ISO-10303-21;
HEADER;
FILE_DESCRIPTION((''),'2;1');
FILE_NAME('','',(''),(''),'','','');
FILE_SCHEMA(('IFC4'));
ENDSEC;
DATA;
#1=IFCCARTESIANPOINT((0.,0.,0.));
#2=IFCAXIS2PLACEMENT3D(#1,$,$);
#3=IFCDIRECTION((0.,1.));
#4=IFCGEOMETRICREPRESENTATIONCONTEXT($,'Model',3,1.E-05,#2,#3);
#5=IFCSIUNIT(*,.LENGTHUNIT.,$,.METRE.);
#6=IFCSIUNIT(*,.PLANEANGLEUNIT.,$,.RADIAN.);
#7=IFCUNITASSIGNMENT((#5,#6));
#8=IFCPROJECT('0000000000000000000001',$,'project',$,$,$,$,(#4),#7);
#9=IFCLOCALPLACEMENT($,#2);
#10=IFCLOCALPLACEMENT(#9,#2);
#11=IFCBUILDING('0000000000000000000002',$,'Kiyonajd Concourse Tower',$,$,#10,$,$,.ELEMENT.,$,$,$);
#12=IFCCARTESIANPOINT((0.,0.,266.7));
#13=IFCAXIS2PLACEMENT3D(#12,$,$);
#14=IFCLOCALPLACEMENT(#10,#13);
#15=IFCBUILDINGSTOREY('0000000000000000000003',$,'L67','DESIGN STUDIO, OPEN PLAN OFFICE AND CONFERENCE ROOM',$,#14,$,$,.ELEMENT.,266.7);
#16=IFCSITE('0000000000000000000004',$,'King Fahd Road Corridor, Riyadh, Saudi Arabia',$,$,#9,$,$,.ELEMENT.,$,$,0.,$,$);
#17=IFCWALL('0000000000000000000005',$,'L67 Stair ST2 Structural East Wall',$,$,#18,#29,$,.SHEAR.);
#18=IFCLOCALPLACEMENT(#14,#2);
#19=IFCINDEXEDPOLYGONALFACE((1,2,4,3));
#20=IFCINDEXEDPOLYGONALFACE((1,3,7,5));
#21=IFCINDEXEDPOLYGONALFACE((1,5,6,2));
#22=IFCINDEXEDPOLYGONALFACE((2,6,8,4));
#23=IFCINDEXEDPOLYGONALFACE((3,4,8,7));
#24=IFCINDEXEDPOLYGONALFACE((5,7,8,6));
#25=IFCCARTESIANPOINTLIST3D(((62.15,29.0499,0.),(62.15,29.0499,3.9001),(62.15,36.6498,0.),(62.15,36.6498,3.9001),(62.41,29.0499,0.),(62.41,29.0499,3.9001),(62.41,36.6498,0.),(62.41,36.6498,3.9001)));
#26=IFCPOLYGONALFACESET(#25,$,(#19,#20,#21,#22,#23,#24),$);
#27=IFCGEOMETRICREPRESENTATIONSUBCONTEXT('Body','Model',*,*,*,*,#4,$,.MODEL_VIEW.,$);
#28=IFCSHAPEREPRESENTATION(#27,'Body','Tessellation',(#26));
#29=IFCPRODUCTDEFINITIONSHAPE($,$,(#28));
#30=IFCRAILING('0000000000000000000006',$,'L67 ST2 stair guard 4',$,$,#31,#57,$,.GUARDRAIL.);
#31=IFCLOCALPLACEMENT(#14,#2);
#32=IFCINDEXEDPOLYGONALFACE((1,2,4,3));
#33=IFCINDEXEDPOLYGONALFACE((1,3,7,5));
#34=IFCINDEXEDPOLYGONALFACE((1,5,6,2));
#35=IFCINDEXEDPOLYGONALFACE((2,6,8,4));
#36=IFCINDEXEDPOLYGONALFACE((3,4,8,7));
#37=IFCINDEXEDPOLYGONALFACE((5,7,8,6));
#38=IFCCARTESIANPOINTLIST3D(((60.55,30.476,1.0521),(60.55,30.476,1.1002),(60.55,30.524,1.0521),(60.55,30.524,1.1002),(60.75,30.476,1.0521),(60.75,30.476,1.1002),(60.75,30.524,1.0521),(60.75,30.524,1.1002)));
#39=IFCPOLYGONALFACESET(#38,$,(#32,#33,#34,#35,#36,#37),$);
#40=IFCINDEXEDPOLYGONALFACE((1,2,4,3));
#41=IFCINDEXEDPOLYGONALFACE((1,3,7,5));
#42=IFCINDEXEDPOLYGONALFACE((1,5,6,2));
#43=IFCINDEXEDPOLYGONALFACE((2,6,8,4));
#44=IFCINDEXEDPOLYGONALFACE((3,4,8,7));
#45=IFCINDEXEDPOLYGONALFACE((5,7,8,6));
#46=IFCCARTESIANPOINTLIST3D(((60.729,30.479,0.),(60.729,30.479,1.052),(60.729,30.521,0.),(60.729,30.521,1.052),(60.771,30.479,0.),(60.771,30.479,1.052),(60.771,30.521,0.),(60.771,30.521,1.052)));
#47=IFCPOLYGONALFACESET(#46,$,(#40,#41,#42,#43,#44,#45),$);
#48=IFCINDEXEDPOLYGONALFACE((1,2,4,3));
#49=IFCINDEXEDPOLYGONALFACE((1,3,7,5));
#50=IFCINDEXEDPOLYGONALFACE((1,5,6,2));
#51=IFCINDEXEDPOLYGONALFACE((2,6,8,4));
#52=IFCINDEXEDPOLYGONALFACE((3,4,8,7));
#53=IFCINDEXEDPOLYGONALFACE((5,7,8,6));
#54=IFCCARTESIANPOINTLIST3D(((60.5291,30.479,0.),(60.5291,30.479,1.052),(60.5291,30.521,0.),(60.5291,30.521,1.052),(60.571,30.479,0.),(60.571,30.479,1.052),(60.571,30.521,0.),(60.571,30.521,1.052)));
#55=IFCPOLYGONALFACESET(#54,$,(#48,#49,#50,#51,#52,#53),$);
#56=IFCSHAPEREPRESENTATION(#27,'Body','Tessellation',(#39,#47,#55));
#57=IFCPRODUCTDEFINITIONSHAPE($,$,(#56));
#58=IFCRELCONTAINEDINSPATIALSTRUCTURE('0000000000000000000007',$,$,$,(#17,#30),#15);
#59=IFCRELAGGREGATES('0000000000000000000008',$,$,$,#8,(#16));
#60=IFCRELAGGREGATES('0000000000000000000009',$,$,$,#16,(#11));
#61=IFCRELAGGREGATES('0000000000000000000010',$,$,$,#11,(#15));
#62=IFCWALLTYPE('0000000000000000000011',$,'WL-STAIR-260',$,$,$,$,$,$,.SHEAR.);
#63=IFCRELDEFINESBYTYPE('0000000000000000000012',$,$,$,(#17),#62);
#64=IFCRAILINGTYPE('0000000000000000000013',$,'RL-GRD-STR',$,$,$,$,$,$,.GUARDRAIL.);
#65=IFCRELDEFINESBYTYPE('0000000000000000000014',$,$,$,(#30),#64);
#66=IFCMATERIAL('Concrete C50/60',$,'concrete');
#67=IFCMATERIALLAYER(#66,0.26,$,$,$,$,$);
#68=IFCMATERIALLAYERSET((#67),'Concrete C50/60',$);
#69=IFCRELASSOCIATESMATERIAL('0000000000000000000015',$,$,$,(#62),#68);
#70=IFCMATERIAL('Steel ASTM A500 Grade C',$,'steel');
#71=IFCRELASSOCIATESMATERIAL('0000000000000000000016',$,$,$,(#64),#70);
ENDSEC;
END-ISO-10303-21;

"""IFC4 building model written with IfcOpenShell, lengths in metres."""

from ifc_helpers import new_model, si_unit, direction, frame, frame_2d, origin, origin_2d, place, context, subcontext, project, spatial, rectangle, extrude, material, layer, layer_set, type_object, element, save


model = new_model("IFC4")

# Units and contexts
model_context = context("Model", 3, precision=1e-05, world=origin(), true_north=direction((0.0, 1.0)))
body_context = subcontext(model_context, "Body", "Model", "MODEL_VIEW")
ifc_project = project(units=[si_unit("LENGTHUNIT", "METRE"), si_unit("PLANEANGLEUNIT", "RADIAN")], contexts=[model_context])

# Site, building, storey
site_placement = place(None, origin())
site = spatial("IfcSite", under=ifc_project, at=site_placement, Name="King Fahd Road Corridor, Riyadh, Saudi Arabia", CompositionType="ELEMENT", RefElevation=0.0)
building_placement = place(site_placement, origin())
building = spatial("IfcBuilding", under=site, at=building_placement, Name="Kiyonajd Concourse Tower", CompositionType="ELEMENT")
storey_placement = place(building_placement, frame((0.0, 0.0, 266.7)))
storey = spatial("IfcBuildingStorey", under=building, at=storey_placement, Name="L67", Description="DESIGN STUDIO, OPEN PLAN OFFICE AND CONFERENCE ROOM", CompositionType="ELEMENT", Elevation=266.7)

# Shared definitions
ifc_material_1 = material(Name="Concrete C50/60", Category="concrete")
ifc_layer_1 = layer(ifc_material_1, 0.26)
ifc_layer_set_1 = layer_set([ifc_layer_1], Name="Concrete C50/60")
wall_type_1 = type_object("IfcWallType", Name="WL-STAIR-260", PredefinedType="SHEAR", material=ifc_layer_set_1)

# Wall
wall_1_placement = place(storey_placement, frame((62.28, 29.05, 0.0), z_axis=(0.0, 0.0, 1.0), x_axis=(0.0, 1.0, 0.0)))
element("IfcWall", 1, at=wall_1_placement, inside=storey, type_object=wall_type_1, Name="L67 Stair ST2 Structural East Wall", PredefinedType="SHEAR", context=body_context, shape_type="SweptSolid", body=[
    extrude(rectangle(XDim=7.5999, YDim=0.26, at=frame_2d((3.7998, 0.0))), origin(), (0.0, 0.0, 1.0), 3.9001),
])

# Railing
ifc_material_2 = material(Name="Steel ASTM A500 Grade C", Category="steel")
railing_type = type_object("IfcRailingType", Name="RL-GRD-STR", PredefinedType="GUARDRAIL", material=ifc_material_2)
railing_placement = place(storey_placement, frame((60.75, 30.5, 0.0)))
element("IfcRailing", 2, at=railing_placement, inside=storey, type_object=railing_type, Name="L67 ST2 stair guard 4", PredefinedType="GUARDRAIL", context=body_context, shape_type="SweptSolid", body=[
    extrude(rectangle(XDim=0.0481, YDim=0.0481, at=origin_2d()), frame((0.0, 0.0, 1.0762), z_axis=(-1.0, 0.0, 0.0), x_axis=(0.0, -1.0, 0.0)), (0.0, 0.0, 1.0), 0.2),
    extrude(rectangle(XDim=0.042, YDim=0.042, at=origin_2d()), origin(), (0.0, 0.0, 1.0), 1.052),
    extrude(rectangle(XDim=0.042, YDim=0.042, at=origin_2d()), frame((-0.2, 0.0, 0.0)), (0.0, 0.0, 1.0), 1.052),
])

save(model, "model.ifc")
